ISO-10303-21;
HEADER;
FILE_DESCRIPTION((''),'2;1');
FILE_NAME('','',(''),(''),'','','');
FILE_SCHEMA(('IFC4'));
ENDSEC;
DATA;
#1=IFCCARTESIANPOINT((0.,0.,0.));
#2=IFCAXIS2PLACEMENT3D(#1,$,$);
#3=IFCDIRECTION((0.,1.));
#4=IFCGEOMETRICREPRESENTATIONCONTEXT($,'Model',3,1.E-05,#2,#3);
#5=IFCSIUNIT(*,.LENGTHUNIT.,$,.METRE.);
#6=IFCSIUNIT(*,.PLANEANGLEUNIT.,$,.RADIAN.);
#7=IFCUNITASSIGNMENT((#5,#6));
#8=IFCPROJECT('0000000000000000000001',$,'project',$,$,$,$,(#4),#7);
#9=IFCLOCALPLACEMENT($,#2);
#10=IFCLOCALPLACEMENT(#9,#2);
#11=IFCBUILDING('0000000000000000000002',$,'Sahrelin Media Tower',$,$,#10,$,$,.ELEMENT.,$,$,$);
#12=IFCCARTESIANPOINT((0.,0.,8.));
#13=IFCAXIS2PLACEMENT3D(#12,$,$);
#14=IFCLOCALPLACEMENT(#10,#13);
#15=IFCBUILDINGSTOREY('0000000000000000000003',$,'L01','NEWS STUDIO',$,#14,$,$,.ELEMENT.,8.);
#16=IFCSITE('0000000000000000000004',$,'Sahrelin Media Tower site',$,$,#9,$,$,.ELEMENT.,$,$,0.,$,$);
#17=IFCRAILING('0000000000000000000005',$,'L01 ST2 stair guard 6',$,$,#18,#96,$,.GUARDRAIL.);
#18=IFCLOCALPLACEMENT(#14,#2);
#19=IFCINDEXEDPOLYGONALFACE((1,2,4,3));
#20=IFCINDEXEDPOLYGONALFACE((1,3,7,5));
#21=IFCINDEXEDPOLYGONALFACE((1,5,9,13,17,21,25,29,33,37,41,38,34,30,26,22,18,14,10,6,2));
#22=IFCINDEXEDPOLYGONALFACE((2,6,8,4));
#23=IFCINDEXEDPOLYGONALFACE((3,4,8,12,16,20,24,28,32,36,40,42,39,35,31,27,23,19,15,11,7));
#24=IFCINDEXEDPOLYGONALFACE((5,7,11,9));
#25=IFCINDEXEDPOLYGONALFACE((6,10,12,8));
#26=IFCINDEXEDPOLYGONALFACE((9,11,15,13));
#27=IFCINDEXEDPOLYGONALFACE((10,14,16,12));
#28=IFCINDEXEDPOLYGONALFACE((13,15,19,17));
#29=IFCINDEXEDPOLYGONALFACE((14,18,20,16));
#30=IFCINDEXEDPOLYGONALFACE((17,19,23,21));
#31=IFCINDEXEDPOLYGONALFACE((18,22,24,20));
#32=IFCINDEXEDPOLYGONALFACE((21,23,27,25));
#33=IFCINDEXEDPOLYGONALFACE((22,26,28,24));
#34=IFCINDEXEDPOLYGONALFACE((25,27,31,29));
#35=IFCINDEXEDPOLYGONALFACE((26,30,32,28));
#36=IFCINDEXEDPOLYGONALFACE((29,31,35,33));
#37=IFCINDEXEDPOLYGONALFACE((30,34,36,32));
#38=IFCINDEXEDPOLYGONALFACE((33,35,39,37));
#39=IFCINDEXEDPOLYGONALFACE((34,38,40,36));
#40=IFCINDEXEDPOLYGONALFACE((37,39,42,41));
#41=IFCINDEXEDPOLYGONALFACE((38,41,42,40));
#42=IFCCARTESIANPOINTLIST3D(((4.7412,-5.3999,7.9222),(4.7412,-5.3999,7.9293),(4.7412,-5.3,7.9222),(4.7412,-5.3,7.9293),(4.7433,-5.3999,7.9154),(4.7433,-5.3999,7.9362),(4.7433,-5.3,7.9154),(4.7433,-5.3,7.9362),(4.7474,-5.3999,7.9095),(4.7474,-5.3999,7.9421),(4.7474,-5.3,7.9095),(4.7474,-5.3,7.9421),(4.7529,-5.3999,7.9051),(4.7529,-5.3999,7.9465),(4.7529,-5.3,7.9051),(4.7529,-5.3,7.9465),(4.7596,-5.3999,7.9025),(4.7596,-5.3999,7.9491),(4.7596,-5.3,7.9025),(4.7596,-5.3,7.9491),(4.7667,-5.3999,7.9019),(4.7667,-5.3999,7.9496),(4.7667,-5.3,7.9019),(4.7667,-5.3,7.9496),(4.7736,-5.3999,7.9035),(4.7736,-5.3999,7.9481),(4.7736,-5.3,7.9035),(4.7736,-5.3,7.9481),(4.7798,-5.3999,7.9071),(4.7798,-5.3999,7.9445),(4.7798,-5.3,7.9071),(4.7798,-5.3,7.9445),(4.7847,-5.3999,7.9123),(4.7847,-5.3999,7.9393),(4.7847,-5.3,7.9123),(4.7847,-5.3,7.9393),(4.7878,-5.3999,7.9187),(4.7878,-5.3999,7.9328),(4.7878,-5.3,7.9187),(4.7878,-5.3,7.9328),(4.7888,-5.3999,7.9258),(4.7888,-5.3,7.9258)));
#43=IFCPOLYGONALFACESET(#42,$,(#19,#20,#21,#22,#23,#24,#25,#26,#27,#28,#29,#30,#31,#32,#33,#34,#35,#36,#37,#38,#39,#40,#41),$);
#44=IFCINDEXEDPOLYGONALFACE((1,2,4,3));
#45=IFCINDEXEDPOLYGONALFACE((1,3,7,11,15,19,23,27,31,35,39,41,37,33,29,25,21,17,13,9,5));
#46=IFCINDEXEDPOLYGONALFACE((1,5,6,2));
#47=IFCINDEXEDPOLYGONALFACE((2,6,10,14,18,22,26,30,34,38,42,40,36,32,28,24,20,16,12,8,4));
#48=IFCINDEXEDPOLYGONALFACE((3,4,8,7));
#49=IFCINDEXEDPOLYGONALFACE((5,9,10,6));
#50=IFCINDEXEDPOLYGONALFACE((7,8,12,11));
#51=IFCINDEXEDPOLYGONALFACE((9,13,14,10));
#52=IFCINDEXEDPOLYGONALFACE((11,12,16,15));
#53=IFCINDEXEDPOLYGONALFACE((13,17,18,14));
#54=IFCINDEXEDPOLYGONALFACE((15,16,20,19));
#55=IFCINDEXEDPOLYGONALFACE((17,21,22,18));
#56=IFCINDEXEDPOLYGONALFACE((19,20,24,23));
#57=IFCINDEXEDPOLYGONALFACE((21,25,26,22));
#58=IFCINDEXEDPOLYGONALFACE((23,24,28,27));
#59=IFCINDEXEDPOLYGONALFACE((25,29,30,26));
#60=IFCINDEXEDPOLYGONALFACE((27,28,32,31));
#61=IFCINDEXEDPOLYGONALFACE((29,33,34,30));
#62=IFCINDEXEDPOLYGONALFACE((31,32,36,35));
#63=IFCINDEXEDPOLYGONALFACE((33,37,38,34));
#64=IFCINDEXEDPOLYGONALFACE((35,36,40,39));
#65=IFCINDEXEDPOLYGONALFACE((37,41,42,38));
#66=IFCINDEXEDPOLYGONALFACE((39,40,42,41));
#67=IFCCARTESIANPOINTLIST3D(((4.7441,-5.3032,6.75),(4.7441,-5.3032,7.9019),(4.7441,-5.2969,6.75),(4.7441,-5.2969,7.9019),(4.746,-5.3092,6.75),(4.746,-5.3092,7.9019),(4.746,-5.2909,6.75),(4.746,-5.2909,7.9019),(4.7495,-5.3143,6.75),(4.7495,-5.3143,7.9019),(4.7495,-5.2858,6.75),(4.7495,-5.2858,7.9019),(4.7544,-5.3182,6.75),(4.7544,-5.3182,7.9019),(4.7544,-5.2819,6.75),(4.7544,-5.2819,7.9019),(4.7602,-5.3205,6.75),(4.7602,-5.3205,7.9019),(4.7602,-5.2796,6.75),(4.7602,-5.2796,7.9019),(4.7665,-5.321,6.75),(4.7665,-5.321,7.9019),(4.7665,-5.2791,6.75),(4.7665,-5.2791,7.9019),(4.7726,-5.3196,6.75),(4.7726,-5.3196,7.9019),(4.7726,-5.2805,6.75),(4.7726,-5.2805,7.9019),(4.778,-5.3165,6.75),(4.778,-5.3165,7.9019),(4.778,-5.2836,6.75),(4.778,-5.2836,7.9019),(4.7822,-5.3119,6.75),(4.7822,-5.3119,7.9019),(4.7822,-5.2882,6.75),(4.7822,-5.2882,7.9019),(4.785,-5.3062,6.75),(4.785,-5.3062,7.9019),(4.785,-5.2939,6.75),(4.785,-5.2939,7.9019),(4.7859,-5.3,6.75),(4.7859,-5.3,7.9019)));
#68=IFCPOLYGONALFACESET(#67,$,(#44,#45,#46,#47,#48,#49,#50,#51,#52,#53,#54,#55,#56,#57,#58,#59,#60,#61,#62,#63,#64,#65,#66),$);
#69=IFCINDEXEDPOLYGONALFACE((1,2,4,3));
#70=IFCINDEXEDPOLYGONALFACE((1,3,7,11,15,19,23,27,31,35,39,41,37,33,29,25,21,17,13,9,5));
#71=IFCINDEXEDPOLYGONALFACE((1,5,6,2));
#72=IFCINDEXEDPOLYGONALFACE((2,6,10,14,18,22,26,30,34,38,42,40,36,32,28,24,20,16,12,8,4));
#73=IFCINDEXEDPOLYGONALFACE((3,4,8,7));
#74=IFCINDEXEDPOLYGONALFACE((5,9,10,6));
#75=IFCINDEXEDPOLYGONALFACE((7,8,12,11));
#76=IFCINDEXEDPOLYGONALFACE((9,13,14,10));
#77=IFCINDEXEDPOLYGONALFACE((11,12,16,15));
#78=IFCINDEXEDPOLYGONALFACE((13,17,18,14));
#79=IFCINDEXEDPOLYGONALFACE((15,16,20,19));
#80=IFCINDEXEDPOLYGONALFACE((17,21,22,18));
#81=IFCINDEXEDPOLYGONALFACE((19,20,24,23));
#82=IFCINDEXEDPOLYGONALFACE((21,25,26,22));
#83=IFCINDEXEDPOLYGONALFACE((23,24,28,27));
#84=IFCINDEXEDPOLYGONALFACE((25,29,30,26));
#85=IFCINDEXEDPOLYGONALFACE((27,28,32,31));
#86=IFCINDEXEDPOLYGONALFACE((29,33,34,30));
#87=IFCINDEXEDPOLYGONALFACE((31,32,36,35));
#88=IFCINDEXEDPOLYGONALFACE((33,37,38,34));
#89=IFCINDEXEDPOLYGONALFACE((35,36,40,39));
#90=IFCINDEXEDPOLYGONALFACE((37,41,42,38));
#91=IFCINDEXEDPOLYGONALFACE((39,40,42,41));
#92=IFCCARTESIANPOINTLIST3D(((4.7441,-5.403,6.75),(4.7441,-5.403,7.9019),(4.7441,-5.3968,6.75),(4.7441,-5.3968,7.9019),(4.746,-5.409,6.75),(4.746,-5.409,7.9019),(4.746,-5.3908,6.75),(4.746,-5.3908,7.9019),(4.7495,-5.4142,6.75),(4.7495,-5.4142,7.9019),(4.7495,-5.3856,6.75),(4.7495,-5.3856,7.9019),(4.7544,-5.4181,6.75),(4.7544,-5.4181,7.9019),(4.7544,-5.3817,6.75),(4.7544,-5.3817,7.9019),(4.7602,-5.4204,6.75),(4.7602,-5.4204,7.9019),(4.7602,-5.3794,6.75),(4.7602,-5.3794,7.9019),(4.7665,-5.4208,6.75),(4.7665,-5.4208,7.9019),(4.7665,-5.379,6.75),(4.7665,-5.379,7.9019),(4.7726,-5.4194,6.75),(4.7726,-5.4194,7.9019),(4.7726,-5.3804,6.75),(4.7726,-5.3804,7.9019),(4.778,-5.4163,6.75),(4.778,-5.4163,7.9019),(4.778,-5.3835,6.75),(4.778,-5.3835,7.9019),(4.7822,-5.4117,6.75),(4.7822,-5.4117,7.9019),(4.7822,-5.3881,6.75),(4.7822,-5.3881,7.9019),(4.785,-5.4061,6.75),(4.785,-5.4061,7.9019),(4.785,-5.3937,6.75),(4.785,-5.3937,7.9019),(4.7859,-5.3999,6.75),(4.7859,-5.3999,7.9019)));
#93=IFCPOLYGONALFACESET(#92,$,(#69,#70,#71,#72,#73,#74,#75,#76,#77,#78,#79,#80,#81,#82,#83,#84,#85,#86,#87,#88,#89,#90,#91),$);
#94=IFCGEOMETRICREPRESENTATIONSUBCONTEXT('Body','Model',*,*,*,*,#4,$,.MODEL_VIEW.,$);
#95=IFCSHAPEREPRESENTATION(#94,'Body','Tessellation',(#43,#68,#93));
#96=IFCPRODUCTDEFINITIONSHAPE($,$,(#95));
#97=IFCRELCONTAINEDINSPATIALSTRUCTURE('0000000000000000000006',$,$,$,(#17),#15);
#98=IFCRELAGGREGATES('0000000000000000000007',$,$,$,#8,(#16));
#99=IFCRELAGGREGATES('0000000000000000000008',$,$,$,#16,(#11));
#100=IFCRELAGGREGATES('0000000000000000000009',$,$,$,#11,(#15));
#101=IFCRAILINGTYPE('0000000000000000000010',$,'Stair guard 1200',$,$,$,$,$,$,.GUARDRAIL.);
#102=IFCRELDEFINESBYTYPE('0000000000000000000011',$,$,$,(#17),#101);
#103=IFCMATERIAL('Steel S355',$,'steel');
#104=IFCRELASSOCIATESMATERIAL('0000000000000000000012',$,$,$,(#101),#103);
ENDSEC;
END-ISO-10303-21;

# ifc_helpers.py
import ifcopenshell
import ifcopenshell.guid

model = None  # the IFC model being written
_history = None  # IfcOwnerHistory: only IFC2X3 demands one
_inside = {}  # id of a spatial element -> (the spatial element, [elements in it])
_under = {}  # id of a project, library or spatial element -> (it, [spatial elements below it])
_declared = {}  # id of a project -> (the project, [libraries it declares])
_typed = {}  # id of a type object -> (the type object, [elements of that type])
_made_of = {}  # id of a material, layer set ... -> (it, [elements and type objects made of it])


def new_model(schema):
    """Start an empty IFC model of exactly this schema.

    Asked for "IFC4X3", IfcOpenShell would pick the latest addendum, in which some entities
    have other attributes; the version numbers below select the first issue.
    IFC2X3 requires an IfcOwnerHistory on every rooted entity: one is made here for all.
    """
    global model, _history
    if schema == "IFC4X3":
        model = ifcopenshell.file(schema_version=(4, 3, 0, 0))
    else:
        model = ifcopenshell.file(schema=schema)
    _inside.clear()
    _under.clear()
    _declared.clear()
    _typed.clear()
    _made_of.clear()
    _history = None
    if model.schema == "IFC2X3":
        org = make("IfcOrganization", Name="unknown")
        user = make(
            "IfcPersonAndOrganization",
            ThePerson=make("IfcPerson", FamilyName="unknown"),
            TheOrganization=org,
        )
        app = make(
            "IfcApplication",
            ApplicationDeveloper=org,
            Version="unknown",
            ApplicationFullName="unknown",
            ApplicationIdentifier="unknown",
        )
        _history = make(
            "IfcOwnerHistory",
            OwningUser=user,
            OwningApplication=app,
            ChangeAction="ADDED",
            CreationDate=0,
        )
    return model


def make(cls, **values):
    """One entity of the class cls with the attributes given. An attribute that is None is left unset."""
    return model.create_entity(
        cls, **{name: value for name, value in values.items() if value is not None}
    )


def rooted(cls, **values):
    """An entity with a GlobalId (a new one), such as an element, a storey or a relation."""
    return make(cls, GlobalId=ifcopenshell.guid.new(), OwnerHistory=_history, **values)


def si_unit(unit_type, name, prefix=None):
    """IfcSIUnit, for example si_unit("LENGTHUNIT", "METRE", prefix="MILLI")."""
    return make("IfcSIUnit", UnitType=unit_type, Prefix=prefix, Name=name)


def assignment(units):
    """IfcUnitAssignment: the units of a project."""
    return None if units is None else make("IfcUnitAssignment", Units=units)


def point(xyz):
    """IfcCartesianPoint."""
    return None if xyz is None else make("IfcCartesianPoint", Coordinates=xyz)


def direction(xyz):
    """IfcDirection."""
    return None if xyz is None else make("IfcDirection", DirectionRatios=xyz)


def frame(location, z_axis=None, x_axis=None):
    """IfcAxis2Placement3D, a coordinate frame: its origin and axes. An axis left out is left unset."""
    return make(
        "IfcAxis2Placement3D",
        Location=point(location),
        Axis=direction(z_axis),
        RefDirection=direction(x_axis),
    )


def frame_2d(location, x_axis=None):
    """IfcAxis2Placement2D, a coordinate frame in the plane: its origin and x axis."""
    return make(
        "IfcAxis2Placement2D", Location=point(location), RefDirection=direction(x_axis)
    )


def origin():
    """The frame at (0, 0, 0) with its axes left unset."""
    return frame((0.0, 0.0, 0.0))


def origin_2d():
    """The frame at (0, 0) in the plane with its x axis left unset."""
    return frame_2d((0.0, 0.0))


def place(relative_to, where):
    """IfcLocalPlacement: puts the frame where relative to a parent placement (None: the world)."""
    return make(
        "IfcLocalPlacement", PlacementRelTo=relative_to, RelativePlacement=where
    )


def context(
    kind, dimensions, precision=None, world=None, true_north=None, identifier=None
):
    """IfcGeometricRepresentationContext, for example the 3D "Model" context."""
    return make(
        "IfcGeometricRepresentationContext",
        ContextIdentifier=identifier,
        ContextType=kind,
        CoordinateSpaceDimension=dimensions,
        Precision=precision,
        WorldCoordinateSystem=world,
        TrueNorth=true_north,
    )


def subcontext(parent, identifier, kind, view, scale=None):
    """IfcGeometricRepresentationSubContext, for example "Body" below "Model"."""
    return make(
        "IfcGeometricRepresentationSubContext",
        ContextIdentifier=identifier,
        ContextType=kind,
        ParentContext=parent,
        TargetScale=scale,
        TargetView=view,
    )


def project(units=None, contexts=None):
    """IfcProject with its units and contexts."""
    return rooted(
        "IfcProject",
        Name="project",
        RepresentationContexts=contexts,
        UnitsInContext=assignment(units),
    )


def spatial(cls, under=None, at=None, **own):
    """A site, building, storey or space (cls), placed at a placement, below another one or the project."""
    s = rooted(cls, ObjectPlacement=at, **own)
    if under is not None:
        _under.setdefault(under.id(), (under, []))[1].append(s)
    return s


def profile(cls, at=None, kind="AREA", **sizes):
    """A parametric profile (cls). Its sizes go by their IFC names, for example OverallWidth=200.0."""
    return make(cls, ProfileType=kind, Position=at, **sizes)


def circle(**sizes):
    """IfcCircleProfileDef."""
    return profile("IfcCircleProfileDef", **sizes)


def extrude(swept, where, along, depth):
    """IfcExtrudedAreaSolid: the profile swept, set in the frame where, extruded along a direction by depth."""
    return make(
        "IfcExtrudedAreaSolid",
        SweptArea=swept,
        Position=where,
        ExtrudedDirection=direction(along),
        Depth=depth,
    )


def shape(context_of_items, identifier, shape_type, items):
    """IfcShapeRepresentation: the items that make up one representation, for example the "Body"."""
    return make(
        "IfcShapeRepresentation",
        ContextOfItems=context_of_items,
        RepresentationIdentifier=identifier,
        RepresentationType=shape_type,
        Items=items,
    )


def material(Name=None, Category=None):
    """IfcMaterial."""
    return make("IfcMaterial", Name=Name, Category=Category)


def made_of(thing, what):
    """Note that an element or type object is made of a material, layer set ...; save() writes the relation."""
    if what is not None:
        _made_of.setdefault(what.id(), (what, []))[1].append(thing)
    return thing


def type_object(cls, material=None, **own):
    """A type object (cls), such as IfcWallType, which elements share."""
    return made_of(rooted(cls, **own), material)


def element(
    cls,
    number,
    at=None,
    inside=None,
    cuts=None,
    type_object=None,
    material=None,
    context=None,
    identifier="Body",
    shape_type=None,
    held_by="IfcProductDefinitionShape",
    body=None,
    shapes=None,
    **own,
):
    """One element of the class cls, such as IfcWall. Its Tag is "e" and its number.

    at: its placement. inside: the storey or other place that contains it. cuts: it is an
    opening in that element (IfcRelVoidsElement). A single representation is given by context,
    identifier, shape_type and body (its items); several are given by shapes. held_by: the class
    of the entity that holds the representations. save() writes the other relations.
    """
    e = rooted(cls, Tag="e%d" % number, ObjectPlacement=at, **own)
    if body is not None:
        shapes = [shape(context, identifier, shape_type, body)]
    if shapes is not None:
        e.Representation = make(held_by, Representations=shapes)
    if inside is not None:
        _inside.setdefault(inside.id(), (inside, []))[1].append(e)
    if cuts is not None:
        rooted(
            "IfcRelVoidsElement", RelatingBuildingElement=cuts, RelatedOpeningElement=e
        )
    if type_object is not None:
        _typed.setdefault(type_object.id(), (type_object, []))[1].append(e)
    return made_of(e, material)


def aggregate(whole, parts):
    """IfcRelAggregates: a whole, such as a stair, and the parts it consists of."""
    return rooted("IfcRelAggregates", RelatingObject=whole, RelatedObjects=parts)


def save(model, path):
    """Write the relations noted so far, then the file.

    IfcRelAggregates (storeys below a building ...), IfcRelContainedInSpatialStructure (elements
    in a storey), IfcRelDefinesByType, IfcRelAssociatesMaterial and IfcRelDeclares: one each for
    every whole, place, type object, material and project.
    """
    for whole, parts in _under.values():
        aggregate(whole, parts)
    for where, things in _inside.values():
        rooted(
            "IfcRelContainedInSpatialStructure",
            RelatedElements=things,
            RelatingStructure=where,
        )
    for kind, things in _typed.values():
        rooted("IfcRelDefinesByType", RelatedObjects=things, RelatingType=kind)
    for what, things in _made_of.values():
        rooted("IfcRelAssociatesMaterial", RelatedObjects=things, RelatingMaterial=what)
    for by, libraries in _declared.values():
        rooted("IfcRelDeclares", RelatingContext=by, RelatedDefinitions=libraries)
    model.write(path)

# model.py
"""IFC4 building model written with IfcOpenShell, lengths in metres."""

from ifc_helpers import new_model, si_unit, direction, frame, origin, origin_2d, place, context, subcontext, project, spatial, circle, extrude, material, type_object, element, save


model = new_model("IFC4")

# Units and contexts
model_context = context("Model", 3, precision=1e-05, world=origin(), true_north=direction((0.0, 1.0)))
body_context = subcontext(model_context, "Body", "Model", "MODEL_VIEW")
ifc_project = project(units=[si_unit("LENGTHUNIT", "METRE"), si_unit("PLANEANGLEUNIT", "RADIAN")], contexts=[model_context])

# Site, building, storey
site_placement = place(None, origin())
site = spatial("IfcSite", under=ifc_project, at=site_placement, Name="Sahrelin Media Tower site", CompositionType="ELEMENT", RefElevation=0.0)
building_placement = place(site_placement, origin())
building = spatial("IfcBuilding", under=site, at=building_placement, Name="Sahrelin Media Tower", CompositionType="ELEMENT")
storey_placement = place(building_placement, frame((0.0, 0.0, 8.0)))
storey = spatial("IfcBuildingStorey", under=building, at=storey_placement, Name="L01", Description="NEWS STUDIO", CompositionType="ELEMENT", Elevation=8.0)

# Railing
ifc_material_1 = material(Name="Steel S355", Category="steel")
railing_type_1 = type_object("IfcRailingType", Name="Stair guard 1200", PredefinedType="GUARDRAIL", material=ifc_material_1)
railing_1_placement = place(storey_placement, frame((4.7649, -5.3, 6.75)))
element("IfcRailing", 1, at=railing_1_placement, inside=storey, type_object=railing_type_1, Name="L01 ST2 stair guard 6", PredefinedType="GUARDRAIL", context=body_context, shape_type="SweptSolid", body=[
    extrude(circle(Radius=0.0239, at=origin_2d()), frame((0.0, 0.0, 1.1758), z_axis=(0.0, -1.0, 0.0), x_axis=(1.0, 0.0, 0.0)), (0.0, 0.0, 1.0), 0.0999),
    extrude(circle(Radius=0.021, at=origin_2d()), origin(), (0.0, 0.0, 1.0), 1.1519),
    extrude(circle(Radius=0.021, at=origin_2d()), frame((0.0, -0.0999, 0.0)), (0.0, 0.0, 1.0), 1.1519),
])

save(model, "model.ifc")
